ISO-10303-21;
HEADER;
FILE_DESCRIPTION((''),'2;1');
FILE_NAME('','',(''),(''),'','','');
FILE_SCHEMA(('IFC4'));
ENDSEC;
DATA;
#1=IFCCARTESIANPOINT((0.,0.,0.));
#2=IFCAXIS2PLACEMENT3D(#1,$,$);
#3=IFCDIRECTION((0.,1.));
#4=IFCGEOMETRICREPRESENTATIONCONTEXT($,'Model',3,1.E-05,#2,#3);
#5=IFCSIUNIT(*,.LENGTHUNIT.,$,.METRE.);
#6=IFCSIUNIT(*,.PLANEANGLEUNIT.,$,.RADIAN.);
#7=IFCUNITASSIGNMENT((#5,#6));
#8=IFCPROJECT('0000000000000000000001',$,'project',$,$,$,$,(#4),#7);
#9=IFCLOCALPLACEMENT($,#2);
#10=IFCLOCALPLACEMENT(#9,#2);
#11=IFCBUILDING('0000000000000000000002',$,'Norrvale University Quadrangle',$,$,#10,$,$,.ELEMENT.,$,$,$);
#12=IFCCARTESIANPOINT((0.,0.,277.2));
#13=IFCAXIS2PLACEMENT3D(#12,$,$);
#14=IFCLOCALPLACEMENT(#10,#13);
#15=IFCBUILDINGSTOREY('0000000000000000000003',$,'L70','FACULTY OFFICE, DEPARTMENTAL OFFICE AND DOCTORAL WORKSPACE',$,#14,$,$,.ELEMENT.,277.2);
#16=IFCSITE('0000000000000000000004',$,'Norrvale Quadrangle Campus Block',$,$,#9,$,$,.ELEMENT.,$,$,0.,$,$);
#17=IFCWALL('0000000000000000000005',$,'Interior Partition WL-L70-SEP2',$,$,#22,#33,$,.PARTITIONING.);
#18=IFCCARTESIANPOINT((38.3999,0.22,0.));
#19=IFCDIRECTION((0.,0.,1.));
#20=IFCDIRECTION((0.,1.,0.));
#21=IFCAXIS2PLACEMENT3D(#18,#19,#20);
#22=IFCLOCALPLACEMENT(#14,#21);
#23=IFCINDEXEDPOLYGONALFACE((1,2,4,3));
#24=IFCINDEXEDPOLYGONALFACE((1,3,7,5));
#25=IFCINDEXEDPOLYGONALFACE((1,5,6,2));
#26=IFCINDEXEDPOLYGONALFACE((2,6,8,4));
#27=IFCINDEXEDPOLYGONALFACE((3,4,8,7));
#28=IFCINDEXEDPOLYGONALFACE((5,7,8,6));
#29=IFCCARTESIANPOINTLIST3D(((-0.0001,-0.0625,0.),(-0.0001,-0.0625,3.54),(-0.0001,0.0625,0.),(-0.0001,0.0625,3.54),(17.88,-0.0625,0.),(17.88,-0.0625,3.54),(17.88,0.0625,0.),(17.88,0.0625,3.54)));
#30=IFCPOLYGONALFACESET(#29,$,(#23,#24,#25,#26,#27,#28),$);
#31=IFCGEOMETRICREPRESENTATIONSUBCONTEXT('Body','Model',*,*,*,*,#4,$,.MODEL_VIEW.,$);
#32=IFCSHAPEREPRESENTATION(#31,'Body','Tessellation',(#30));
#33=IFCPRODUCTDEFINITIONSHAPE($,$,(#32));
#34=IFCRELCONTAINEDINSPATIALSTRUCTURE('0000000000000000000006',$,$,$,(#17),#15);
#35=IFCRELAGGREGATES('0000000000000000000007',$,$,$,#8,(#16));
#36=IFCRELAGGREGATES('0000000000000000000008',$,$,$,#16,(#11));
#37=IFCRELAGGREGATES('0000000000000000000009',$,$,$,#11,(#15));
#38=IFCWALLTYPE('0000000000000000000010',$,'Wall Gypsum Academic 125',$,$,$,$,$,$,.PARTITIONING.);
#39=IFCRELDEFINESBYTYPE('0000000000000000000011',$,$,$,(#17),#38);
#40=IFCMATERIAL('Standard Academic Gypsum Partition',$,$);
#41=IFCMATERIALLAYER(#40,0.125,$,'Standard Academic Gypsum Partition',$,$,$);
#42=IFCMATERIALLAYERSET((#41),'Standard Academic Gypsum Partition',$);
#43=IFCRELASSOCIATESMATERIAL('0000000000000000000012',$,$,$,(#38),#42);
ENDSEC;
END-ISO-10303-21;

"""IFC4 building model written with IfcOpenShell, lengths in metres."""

from ifc_helpers import new_model, si_unit, direction, frame, frame_2d, origin, place, context, subcontext, project, spatial, rectangle, extrude, material, layer, layer_set, type_object, element, save


model = new_model("IFC4")

# Units and contexts
model_context = context("Model", 3, precision=1e-05, world=origin(), true_north=direction((0.0, 1.0)))
body_context = subcontext(model_context, "Body", "Model", "MODEL_VIEW")
ifc_project = project(units=[si_unit("LENGTHUNIT", "METRE"), si_unit("PLANEANGLEUNIT", "RADIAN")], contexts=[model_context])

# Site, building, storey
site_placement = place(None, origin())
site = spatial("IfcSite", under=ifc_project, at=site_placement, Name="Norrvale Quadrangle Campus Block", CompositionType="ELEMENT", RefElevation=0.0)
building_placement = place(site_placement, origin())
building = spatial("IfcBuilding", under=site, at=building_placement, Name="Norrvale University Quadrangle", CompositionType="ELEMENT")
storey_placement = place(building_placement, frame((0.0, 0.0, 277.2)))
storey = spatial("IfcBuildingStorey", under=building, at=storey_placement, Name="L70", Description="FACULTY OFFICE, DEPARTMENTAL OFFICE AND DOCTORAL WORKSPACE", CompositionType="ELEMENT", Elevation=277.2)

# Wall
ifc_material_1 = material(Name="Standard Academic Gypsum Partition")
ifc_layer_1 = layer(ifc_material_1, 0.125, Name="Standard Academic Gypsum Partition")
ifc_layer_set_1 = layer_set([ifc_layer_1], Name="Standard Academic Gypsum Partition")
wall_type_1 = type_object("IfcWallType", Name="Wall Gypsum Academic 125", PredefinedType="PARTITIONING", material=ifc_layer_set_1)
wall_1_placement = place(storey_placement, frame((38.3999, 0.22, 0.0), z_axis=(0.0, 0.0, 1.0), x_axis=(0.0, 1.0, 0.0)))
element("IfcWall", 1, at=wall_1_placement, inside=storey, type_object=wall_type_1, Name="Interior Partition WL-L70-SEP2", PredefinedType="PARTITIONING", context=body_context, shape_type="SweptSolid", body=[
    extrude(rectangle(XDim=17.8801, YDim=0.125, at=frame_2d((8.9399, 0.0))), origin(), (0.0, 0.0, 1.0), 3.54),
])

save(model, "model.ifc")
